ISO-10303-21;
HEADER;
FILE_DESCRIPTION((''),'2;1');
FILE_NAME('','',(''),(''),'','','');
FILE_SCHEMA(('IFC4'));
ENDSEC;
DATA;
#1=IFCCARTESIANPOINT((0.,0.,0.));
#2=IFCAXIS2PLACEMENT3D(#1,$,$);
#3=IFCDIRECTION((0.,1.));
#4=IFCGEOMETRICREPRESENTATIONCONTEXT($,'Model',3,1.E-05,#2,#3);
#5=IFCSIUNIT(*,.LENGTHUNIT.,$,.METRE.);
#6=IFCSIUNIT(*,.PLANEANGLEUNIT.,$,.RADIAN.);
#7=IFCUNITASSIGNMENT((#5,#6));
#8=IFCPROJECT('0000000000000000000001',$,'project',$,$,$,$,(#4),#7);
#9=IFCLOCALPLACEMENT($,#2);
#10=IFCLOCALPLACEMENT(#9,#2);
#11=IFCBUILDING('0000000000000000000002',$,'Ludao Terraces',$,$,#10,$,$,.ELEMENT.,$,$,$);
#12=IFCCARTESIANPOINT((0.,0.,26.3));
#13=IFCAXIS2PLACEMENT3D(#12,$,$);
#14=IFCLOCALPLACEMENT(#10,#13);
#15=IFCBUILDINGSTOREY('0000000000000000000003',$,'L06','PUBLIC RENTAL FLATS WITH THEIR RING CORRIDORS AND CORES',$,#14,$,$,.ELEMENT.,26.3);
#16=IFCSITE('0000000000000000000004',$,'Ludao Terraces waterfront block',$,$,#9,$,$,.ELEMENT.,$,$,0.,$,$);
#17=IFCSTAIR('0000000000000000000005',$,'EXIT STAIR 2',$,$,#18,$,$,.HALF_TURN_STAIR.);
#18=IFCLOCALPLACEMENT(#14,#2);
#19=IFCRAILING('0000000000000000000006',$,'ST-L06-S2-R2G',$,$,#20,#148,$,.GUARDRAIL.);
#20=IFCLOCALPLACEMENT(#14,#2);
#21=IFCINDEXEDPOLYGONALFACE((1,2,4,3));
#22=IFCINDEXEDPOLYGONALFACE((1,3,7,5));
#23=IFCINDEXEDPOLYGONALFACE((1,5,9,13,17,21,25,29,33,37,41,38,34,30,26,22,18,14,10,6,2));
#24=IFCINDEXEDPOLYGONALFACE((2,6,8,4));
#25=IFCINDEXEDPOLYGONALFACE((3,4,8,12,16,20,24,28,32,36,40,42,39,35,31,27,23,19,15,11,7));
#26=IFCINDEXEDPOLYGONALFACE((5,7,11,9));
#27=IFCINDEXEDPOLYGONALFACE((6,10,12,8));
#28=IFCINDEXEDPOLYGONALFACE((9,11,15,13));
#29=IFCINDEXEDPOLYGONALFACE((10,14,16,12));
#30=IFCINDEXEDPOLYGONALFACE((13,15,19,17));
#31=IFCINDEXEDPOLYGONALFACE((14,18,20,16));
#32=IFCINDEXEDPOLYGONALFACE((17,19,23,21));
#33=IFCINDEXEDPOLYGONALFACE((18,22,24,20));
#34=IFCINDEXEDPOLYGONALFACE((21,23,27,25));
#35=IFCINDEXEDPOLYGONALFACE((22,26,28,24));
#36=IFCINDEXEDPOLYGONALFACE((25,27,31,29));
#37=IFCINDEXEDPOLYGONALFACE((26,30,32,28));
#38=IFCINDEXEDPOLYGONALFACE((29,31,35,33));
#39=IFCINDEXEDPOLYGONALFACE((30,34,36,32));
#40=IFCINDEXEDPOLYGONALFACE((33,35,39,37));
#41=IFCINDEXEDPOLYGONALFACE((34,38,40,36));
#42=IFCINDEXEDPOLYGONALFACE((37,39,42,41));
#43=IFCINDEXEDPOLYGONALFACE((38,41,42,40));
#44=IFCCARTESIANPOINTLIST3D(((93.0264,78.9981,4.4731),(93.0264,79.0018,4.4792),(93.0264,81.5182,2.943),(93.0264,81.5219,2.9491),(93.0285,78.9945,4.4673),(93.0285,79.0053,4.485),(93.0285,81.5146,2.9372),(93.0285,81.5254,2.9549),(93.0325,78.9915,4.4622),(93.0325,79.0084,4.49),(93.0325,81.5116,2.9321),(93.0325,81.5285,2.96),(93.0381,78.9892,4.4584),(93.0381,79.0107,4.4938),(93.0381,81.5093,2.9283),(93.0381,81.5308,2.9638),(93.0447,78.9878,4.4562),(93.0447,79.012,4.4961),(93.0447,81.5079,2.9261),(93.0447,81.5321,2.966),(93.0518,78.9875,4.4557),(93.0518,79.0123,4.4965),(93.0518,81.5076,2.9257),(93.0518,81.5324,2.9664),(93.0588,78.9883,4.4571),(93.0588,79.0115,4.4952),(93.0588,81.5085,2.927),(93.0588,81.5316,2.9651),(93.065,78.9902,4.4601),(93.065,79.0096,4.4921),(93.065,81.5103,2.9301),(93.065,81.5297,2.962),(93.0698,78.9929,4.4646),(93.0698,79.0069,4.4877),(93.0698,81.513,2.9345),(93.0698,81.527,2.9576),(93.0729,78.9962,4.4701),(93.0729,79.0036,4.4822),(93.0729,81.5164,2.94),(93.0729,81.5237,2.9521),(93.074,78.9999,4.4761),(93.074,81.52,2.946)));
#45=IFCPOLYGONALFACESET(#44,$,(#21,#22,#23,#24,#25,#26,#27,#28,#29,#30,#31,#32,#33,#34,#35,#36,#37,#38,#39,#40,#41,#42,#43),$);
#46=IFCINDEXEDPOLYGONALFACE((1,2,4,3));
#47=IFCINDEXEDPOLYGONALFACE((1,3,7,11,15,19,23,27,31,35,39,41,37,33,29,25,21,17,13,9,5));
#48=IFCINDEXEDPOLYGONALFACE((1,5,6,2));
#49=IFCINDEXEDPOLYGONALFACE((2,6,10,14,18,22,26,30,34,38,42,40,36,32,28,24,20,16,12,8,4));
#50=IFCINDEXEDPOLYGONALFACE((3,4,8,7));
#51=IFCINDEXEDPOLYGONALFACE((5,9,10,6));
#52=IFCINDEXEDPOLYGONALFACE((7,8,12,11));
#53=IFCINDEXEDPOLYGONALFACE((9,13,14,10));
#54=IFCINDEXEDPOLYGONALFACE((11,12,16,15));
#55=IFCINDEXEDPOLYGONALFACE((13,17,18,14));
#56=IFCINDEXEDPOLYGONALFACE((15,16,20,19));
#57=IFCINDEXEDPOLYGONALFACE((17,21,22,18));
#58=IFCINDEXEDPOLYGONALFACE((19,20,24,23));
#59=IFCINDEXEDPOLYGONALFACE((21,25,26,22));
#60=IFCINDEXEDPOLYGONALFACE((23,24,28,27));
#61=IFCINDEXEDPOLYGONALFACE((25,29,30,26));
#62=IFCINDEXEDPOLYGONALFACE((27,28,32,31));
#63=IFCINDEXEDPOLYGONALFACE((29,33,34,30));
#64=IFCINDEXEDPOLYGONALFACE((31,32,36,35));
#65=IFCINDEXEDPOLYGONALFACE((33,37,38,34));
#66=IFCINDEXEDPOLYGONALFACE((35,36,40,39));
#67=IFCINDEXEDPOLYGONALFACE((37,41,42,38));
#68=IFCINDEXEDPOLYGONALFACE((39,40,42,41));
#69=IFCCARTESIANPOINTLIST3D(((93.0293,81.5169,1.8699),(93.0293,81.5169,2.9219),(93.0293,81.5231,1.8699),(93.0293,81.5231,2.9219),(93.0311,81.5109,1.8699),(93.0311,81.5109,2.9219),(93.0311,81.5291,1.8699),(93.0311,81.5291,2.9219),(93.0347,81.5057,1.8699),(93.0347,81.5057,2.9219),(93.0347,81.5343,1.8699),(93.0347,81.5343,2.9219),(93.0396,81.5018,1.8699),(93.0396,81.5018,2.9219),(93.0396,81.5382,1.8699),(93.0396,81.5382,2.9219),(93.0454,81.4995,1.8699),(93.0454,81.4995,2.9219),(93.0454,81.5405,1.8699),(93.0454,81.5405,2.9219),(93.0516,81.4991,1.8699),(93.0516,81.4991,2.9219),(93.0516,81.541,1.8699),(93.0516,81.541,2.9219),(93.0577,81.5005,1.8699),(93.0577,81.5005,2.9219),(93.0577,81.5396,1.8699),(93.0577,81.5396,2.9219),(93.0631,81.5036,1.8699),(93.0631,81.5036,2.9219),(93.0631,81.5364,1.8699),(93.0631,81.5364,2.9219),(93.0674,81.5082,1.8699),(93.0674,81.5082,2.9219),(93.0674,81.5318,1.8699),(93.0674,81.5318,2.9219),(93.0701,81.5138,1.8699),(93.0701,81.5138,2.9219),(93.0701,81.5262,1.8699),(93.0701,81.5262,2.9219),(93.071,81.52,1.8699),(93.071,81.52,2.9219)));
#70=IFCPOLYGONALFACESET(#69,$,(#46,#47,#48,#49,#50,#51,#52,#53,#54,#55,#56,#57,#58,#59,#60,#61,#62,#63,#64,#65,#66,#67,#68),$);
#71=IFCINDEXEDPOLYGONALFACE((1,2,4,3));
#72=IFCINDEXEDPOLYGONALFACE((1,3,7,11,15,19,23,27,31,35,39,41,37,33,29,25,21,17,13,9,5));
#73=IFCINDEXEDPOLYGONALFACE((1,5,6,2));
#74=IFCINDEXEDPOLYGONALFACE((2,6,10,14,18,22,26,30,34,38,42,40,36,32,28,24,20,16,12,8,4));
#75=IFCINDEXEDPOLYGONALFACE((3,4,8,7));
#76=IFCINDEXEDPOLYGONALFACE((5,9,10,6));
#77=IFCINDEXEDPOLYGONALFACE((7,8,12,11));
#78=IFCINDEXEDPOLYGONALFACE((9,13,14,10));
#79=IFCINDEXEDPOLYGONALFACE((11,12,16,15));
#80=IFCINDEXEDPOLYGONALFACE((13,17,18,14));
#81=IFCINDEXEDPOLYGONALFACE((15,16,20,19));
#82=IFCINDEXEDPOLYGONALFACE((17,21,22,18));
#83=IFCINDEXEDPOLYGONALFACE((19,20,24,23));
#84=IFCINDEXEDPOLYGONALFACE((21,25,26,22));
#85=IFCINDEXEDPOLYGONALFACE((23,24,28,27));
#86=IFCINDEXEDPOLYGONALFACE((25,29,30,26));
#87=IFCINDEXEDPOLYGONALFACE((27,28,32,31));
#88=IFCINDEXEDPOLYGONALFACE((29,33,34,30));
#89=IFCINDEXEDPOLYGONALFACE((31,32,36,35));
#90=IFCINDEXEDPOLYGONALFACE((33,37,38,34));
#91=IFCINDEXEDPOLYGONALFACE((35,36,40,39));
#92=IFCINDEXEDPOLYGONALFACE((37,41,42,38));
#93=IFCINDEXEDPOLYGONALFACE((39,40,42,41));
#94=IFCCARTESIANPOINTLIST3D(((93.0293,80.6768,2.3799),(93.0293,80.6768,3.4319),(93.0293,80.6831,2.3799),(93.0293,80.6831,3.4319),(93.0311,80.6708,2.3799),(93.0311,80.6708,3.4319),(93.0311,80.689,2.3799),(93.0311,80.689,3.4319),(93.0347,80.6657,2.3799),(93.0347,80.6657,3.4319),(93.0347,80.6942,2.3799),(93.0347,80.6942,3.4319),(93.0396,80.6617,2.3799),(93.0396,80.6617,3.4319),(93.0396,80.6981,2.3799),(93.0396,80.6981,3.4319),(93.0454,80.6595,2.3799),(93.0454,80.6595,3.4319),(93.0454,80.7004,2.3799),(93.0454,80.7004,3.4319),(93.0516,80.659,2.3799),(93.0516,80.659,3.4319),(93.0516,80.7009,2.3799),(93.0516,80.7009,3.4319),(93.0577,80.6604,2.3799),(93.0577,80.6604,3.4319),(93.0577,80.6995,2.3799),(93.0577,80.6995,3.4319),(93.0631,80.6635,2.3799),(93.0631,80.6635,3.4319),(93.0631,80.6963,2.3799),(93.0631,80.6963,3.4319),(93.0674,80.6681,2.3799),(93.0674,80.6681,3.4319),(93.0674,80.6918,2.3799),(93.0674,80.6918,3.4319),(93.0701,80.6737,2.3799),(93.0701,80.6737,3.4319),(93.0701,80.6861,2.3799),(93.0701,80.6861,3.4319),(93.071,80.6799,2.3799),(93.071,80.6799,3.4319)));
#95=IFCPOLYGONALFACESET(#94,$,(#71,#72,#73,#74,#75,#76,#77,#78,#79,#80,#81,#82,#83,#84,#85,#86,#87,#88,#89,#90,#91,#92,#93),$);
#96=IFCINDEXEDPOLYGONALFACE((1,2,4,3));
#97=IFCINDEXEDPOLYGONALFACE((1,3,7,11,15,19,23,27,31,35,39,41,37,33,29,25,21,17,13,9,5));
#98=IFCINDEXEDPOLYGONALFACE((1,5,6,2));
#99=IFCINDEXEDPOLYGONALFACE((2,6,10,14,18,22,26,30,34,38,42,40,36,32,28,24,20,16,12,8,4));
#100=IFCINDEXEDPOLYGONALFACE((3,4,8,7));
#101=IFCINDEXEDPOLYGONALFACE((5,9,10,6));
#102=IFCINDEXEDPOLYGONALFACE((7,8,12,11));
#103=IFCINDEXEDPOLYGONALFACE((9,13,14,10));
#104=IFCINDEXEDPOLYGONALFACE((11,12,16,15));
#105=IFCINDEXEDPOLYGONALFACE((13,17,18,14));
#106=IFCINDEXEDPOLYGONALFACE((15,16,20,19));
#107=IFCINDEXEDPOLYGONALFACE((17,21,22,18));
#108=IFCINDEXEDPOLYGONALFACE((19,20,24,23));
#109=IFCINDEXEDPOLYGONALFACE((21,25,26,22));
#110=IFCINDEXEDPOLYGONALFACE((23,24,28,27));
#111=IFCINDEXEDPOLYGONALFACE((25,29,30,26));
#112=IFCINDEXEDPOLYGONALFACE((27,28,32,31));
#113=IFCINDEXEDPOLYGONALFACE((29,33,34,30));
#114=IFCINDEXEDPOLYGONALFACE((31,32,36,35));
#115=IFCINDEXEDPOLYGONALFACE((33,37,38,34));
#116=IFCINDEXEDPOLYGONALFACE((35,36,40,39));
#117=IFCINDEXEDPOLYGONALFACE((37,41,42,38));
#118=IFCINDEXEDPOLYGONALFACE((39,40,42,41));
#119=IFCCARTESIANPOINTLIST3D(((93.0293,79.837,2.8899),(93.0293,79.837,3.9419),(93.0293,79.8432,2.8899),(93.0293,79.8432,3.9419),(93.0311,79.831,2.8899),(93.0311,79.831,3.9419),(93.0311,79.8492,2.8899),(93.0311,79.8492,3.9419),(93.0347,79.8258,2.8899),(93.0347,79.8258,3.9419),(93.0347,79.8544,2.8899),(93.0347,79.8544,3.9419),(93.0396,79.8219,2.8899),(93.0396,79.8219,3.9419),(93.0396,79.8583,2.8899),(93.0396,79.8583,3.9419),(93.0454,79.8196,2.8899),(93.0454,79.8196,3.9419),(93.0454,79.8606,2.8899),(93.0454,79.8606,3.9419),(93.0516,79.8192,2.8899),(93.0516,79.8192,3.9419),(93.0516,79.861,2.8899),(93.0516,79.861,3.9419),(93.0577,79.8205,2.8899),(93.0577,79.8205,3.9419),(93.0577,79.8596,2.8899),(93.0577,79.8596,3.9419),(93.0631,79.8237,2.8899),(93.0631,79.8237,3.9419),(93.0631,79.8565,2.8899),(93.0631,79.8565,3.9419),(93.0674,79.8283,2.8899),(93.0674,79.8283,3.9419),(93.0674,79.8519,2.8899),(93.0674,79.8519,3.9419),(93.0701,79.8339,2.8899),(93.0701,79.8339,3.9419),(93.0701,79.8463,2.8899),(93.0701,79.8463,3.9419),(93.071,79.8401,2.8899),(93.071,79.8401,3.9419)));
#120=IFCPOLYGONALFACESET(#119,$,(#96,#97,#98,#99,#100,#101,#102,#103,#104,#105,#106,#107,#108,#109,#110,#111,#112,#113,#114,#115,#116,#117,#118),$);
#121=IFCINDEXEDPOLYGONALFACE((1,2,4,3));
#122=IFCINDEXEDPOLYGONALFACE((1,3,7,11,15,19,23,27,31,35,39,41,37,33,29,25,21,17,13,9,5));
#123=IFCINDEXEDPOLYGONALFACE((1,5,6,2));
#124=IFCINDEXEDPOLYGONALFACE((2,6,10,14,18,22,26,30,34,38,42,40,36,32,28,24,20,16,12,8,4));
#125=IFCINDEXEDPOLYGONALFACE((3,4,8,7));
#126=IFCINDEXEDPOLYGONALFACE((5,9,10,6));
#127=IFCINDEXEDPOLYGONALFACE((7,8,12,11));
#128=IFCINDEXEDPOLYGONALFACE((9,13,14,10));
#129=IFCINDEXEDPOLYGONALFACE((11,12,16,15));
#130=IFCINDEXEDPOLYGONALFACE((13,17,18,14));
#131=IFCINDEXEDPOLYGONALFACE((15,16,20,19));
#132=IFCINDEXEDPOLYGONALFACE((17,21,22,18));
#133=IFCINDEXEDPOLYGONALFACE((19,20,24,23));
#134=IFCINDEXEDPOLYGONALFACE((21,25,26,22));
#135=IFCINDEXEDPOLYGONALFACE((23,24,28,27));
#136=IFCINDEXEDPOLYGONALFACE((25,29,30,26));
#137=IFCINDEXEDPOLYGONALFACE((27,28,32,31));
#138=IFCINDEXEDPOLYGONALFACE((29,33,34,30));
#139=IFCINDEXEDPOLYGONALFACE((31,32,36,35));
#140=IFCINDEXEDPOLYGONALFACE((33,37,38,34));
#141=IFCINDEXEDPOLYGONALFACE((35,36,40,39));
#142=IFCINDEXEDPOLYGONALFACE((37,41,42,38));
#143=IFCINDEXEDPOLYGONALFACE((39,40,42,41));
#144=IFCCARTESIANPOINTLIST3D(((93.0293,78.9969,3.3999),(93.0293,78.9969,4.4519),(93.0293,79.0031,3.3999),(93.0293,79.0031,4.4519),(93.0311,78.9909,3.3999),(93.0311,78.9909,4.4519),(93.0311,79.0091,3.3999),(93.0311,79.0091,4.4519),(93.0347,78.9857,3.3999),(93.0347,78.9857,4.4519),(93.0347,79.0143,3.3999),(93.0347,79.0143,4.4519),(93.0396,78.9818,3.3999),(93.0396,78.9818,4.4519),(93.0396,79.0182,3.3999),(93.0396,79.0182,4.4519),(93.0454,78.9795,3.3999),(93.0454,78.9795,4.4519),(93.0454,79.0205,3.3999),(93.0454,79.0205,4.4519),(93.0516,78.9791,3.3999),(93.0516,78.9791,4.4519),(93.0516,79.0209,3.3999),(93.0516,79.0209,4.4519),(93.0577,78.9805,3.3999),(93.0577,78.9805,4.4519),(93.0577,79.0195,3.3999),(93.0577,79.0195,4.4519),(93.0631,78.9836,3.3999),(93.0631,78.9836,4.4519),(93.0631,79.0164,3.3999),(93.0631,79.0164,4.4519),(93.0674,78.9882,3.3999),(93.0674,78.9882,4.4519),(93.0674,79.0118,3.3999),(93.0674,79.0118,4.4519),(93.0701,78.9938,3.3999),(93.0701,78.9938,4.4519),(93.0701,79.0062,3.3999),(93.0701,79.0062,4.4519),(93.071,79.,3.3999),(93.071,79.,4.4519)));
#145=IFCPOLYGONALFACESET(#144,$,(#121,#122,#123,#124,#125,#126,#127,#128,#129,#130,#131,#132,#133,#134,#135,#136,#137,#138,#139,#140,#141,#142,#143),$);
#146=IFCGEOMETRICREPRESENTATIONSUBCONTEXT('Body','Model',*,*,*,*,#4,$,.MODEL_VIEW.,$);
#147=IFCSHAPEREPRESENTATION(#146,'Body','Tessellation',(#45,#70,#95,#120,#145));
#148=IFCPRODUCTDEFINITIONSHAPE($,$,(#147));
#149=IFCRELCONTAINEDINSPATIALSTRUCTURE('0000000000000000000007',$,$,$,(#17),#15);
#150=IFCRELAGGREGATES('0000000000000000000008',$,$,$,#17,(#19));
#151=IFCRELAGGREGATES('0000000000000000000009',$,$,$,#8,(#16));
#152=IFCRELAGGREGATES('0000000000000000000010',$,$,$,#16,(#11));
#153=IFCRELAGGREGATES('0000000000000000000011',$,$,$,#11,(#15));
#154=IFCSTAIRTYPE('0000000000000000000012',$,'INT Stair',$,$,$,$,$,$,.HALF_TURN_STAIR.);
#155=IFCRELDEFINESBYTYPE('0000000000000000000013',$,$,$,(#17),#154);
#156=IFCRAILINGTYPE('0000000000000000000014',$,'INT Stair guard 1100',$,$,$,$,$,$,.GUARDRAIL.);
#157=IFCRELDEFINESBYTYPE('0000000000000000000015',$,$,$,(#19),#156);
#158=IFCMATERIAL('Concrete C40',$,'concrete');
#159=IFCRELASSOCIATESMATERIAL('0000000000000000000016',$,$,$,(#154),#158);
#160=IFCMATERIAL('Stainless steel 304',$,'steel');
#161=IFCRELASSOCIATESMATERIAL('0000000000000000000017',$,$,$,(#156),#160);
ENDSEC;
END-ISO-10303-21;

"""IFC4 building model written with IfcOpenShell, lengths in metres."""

from ifc_helpers import new_model, si_unit, direction, frame, origin, origin_2d, place, context, subcontext, project, spatial, circle, extrude, material, type_object, element, aggregate, save


model = new_model("IFC4")

# Units and contexts
model_context = context("Model", 3, precision=1e-05, world=origin(), true_north=direction((0.0, 1.0)))
body_context = subcontext(model_context, "Body", "Model", "MODEL_VIEW")
ifc_project = project(units=[si_unit("LENGTHUNIT", "METRE"), si_unit("PLANEANGLEUNIT", "RADIAN")], contexts=[model_context])

# Site, building, storey
site_placement = place(None, origin())
site = spatial("IfcSite", under=ifc_project, at=site_placement, Name="Ludao Terraces waterfront block", CompositionType="ELEMENT", RefElevation=0.0)
building_placement = place(site_placement, origin())
building = spatial("IfcBuilding", under=site, at=building_placement, Name="Ludao Terraces", CompositionType="ELEMENT")
storey_placement = place(building_placement, frame((0.0, 0.0, 26.3)))
storey = spatial("IfcBuildingStorey", under=building, at=storey_placement, Name="L06", Description="PUBLIC RENTAL FLATS WITH THEIR RING CORRIDORS AND CORES", CompositionType="ELEMENT", Elevation=26.3)

# Shared definitions
ifc_material_1 = material(Name="Concrete C40", Category="concrete")

# Shared definitions
ifc_material_2 = material(Name="Stainless steel 304", Category="steel")

# Stair, railing
stair_type = type_object("IfcStairType", Name="INT Stair", PredefinedType="HALF_TURN_STAIR", material=ifc_material_1)
stair_placement = place(storey_placement, origin())
stair = element("IfcStair", 1, at=stair_placement, inside=storey, type_object=stair_type, Name="EXIT STAIR 2", PredefinedType="HALF_TURN_STAIR")
railing_type_1 = type_object("IfcRailingType", Name="INT Stair guard 1100", PredefinedType="GUARDRAIL", material=ifc_material_2)
railing_1_placement = place(storey_placement, frame((93.05, 81.52, 1.8699)))
railing_1 = element("IfcRailing", 2, at=railing_1_placement, type_object=railing_type_1, Name="ST-L06-S2-R2G", PredefinedType="GUARDRAIL", context=body_context, shape_type="SweptSolid", body=[
    extrude(circle(Radius=0.0239, at=origin_2d()), frame((0.0, 0.0, 1.0762), z_axis=(0.0, -0.854785, 0.518982), x_axis=(1.0, 0.0, 0.0)), (0.0, 0.0, 1.0), 2.9482),
    extrude(circle(Radius=0.021, at=origin_2d()), origin(), (0.0, 0.0, 1.0), 1.052),
    extrude(circle(Radius=0.021, at=origin_2d()), frame((0.0, -0.8401, 0.51)), (0.0, 0.0, 1.0), 1.052),
    extrude(circle(Radius=0.021, at=origin_2d()), frame((0.0, -1.6799, 1.02)), (0.0, 0.0, 1.0), 1.052),
    extrude(circle(Radius=0.021, at=origin_2d()), frame((0.0, -2.52, 1.53)), (0.0, 0.0, 1.0), 1.052),
])
aggregate(stair, [railing_1])

save(model, "model.ifc")
